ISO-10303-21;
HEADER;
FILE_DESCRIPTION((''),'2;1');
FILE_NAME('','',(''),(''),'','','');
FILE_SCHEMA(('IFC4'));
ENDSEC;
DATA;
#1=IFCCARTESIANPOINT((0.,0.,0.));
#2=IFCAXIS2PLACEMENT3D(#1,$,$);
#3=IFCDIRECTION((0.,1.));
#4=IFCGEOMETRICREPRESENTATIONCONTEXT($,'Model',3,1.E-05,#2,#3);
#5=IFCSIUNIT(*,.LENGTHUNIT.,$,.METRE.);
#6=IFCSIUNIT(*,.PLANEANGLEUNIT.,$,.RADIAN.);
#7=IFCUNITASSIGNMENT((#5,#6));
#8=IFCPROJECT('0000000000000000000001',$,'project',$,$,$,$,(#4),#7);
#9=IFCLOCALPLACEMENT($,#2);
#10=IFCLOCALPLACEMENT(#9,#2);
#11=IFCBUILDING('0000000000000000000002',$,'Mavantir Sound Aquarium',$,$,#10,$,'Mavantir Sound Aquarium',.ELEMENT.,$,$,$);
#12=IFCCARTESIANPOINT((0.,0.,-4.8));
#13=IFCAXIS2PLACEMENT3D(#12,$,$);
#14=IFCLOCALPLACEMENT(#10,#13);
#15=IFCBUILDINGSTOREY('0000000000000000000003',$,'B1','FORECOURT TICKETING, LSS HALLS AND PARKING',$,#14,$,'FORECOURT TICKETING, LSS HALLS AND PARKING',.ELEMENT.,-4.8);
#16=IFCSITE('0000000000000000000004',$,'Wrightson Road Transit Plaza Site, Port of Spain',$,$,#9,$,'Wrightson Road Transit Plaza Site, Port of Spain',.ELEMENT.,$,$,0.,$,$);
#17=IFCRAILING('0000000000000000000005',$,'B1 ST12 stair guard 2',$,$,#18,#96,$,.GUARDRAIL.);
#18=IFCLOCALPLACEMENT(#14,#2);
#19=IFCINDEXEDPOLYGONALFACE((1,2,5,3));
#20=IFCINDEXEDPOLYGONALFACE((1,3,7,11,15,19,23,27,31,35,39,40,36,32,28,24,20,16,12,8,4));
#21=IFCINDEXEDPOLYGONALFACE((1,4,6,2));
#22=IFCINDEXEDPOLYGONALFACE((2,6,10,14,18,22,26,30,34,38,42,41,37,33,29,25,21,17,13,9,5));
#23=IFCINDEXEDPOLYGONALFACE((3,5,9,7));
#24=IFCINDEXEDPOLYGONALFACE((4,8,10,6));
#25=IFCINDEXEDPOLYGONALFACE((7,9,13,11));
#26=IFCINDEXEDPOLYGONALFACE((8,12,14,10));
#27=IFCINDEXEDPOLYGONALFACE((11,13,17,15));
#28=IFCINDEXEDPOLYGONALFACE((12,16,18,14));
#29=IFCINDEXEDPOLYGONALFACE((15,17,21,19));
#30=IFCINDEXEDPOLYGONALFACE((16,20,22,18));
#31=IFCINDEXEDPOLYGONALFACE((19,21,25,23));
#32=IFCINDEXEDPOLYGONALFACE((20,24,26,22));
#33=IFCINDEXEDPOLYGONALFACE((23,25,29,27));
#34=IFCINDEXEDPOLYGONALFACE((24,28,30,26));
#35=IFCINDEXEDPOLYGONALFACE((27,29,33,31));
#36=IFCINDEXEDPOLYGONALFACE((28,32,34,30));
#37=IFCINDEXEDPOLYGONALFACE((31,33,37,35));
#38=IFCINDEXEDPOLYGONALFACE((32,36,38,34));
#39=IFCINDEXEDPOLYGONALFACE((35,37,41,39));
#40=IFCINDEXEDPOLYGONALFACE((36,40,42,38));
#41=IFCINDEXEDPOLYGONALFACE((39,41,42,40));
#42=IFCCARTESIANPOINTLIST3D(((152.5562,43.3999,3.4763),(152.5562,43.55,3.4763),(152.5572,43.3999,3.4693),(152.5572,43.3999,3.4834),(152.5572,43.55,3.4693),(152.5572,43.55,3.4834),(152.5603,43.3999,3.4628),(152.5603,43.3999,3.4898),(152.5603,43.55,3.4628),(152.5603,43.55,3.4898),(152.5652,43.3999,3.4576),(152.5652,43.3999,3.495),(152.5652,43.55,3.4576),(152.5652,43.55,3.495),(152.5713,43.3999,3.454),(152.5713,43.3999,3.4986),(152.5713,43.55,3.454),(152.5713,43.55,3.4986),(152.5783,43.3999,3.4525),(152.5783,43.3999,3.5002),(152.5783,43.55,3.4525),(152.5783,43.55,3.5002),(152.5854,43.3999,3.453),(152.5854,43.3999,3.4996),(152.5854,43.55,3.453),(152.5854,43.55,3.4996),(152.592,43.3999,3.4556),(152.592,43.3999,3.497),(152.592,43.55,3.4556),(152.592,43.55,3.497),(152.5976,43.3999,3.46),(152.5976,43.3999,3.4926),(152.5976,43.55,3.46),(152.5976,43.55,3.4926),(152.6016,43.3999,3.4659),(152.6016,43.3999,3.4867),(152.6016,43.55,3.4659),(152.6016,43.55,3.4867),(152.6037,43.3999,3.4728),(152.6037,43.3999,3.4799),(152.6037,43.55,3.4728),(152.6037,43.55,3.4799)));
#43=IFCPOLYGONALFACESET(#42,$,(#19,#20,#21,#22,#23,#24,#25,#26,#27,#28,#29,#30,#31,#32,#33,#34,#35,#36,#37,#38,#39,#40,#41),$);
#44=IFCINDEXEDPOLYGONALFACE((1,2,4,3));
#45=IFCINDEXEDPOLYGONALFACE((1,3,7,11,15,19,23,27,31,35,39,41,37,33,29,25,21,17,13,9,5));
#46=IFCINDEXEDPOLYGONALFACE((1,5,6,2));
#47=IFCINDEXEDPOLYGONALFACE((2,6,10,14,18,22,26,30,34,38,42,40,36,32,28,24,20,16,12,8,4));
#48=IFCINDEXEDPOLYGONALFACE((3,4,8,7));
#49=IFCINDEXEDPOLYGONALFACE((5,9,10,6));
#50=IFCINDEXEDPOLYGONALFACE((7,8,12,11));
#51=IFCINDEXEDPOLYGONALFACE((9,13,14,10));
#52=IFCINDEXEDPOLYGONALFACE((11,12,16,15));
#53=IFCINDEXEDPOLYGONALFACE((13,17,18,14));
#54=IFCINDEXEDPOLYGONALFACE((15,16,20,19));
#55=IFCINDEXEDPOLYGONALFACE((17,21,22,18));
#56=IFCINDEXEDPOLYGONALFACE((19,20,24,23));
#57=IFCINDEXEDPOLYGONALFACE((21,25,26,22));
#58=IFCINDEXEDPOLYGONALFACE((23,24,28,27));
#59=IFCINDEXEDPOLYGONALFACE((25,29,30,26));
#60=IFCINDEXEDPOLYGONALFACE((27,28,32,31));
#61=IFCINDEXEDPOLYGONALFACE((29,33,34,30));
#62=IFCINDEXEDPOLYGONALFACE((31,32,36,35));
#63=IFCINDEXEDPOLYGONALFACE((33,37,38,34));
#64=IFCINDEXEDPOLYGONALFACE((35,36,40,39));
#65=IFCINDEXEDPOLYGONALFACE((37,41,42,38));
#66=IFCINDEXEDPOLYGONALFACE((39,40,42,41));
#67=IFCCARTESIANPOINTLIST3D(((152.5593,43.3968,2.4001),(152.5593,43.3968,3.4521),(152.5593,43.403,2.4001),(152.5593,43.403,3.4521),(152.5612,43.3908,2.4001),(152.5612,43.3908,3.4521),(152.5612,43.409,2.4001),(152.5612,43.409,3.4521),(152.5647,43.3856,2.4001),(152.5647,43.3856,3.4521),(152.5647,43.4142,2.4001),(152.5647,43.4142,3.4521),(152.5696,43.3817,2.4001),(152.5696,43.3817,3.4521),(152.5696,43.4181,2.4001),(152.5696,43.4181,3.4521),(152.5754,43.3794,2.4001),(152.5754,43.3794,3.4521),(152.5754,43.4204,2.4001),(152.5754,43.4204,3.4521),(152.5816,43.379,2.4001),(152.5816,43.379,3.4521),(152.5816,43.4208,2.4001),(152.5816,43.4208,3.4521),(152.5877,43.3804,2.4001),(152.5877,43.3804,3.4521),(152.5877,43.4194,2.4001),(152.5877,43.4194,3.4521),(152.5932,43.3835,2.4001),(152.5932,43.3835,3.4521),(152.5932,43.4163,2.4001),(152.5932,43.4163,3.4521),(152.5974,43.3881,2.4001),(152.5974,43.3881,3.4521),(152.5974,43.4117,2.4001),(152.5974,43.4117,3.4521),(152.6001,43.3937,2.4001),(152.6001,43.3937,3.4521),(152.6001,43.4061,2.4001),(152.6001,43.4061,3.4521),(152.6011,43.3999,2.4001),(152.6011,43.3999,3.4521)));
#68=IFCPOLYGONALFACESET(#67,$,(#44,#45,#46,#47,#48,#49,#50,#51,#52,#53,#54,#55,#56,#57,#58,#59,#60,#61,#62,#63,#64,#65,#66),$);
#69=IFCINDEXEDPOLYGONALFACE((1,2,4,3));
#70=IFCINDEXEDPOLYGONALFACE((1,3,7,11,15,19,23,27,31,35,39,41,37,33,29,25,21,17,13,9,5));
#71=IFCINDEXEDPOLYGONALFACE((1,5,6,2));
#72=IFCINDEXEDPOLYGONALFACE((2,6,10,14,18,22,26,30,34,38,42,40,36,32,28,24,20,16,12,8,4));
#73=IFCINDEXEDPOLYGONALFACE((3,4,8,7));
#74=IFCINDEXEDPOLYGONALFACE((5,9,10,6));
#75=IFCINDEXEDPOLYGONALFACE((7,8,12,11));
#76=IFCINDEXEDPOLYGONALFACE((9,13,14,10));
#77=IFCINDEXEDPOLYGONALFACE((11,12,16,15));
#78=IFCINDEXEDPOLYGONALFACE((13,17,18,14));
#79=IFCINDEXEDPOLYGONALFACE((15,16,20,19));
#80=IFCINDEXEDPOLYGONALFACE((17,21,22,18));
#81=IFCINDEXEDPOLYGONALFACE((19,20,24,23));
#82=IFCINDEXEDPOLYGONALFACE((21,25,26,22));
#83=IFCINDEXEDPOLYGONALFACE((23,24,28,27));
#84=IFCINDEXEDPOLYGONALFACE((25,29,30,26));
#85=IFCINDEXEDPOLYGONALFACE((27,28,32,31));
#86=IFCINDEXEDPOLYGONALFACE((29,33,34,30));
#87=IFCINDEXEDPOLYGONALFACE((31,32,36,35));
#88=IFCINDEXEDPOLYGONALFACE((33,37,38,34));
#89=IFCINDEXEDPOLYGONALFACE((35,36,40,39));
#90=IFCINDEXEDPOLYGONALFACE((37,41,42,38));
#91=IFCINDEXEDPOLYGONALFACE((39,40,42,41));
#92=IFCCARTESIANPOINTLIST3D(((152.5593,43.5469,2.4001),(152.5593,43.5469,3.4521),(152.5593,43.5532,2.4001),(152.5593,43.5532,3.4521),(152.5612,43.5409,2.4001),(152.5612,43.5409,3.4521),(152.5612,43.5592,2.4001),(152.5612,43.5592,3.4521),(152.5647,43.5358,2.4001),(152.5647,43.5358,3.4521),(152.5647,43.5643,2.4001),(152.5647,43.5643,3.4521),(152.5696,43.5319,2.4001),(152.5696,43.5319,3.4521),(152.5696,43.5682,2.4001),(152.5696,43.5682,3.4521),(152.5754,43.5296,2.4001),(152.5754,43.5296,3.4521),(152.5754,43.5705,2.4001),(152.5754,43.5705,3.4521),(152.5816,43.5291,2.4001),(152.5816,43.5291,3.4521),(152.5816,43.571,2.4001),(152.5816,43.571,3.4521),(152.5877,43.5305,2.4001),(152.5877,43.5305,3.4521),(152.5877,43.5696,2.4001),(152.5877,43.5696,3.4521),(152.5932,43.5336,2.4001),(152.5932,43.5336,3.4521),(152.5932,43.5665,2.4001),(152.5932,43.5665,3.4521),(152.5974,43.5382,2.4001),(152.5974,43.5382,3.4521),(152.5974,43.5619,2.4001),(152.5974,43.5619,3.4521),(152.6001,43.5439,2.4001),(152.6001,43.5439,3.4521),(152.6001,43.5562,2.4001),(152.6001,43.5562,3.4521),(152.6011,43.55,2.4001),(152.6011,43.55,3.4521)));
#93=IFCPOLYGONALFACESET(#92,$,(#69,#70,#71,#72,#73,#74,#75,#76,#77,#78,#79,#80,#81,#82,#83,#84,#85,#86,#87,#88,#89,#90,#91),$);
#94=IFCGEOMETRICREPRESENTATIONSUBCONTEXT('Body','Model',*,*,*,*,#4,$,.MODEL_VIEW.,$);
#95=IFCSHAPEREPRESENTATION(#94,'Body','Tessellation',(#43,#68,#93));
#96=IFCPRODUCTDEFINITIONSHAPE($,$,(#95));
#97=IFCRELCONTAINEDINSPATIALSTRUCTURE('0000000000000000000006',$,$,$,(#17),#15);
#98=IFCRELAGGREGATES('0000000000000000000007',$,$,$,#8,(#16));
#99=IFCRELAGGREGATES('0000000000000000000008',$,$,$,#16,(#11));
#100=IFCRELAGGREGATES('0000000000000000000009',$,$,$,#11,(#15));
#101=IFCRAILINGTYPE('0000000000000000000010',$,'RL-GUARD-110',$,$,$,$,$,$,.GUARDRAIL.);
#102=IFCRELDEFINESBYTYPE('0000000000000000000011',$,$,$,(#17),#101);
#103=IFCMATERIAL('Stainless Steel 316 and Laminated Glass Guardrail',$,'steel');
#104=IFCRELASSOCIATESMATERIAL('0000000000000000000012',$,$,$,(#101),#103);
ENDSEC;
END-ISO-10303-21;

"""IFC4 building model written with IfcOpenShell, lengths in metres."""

from ifc_helpers import new_model, si_unit, direction, frame, origin, origin_2d, place, context, subcontext, project, spatial, circle, extrude, material, type_object, element, save


model = new_model("IFC4")

# Units and contexts
model_context = context("Model", 3, precision=1e-05, world=origin(), true_north=direction((0.0, 1.0)))
body_context = subcontext(model_context, "Body", "Model", "MODEL_VIEW")
ifc_project = project(units=[si_unit("LENGTHUNIT", "METRE"), si_unit("PLANEANGLEUNIT", "RADIAN")], contexts=[model_context])

# Site, building, storey
site_placement = place(None, origin())
site = spatial("IfcSite", under=ifc_project, at=site_placement, Name="Wrightson Road Transit Plaza Site, Port of Spain", LongName="Wrightson Road Transit Plaza Site, Port of Spain", CompositionType="ELEMENT", RefElevation=0.0)
building_placement = place(site_placement, origin())
building = spatial("IfcBuilding", under=site, at=building_placement, Name="Mavantir Sound Aquarium", LongName="Mavantir Sound Aquarium", CompositionType="ELEMENT")
storey_placement = place(building_placement, frame((0.0, 0.0, -4.8)))
storey = spatial("IfcBuildingStorey", under=building, at=storey_placement, Name="B1", Description="FORECOURT TICKETING, LSS HALLS AND PARKING", LongName="FORECOURT TICKETING, LSS HALLS AND PARKING", CompositionType="ELEMENT", Elevation=-4.8)

# Railing
ifc_material_1 = material(Name="Stainless Steel 316 and Laminated Glass Guardrail", Category="steel")
railing_type_1 = type_object("IfcRailingType", Name="RL-GUARD-110", PredefinedType="GUARDRAIL", material=ifc_material_1)
railing_1_placement = place(storey_placement, frame((152.5801, 43.3999, 2.4001)))
element("IfcRailing", 1, at=railing_1_placement, inside=storey, type_object=railing_type_1, Name="B1 ST12 stair guard 2", PredefinedType="GUARDRAIL", context=body_context, shape_type="SweptSolid", body=[
    extrude(circle(Radius=0.0239, at=origin_2d()), frame((0.0, 0.0, 1.0762), z_axis=(0.0, 1.0, 0.0), x_axis=(-1.0, 0.0, 0.0)), (0.0, 0.0, 1.0), 0.1501),
    extrude(circle(Radius=0.021, at=origin_2d()), origin(), (0.0, 0.0, 1.0), 1.052),
    extrude(circle(Radius=0.021, at=origin_2d()), frame((0.0, 0.1501, 0.0)), (0.0, 0.0, 1.0), 1.052),
])

save(model, "model.ifc")
